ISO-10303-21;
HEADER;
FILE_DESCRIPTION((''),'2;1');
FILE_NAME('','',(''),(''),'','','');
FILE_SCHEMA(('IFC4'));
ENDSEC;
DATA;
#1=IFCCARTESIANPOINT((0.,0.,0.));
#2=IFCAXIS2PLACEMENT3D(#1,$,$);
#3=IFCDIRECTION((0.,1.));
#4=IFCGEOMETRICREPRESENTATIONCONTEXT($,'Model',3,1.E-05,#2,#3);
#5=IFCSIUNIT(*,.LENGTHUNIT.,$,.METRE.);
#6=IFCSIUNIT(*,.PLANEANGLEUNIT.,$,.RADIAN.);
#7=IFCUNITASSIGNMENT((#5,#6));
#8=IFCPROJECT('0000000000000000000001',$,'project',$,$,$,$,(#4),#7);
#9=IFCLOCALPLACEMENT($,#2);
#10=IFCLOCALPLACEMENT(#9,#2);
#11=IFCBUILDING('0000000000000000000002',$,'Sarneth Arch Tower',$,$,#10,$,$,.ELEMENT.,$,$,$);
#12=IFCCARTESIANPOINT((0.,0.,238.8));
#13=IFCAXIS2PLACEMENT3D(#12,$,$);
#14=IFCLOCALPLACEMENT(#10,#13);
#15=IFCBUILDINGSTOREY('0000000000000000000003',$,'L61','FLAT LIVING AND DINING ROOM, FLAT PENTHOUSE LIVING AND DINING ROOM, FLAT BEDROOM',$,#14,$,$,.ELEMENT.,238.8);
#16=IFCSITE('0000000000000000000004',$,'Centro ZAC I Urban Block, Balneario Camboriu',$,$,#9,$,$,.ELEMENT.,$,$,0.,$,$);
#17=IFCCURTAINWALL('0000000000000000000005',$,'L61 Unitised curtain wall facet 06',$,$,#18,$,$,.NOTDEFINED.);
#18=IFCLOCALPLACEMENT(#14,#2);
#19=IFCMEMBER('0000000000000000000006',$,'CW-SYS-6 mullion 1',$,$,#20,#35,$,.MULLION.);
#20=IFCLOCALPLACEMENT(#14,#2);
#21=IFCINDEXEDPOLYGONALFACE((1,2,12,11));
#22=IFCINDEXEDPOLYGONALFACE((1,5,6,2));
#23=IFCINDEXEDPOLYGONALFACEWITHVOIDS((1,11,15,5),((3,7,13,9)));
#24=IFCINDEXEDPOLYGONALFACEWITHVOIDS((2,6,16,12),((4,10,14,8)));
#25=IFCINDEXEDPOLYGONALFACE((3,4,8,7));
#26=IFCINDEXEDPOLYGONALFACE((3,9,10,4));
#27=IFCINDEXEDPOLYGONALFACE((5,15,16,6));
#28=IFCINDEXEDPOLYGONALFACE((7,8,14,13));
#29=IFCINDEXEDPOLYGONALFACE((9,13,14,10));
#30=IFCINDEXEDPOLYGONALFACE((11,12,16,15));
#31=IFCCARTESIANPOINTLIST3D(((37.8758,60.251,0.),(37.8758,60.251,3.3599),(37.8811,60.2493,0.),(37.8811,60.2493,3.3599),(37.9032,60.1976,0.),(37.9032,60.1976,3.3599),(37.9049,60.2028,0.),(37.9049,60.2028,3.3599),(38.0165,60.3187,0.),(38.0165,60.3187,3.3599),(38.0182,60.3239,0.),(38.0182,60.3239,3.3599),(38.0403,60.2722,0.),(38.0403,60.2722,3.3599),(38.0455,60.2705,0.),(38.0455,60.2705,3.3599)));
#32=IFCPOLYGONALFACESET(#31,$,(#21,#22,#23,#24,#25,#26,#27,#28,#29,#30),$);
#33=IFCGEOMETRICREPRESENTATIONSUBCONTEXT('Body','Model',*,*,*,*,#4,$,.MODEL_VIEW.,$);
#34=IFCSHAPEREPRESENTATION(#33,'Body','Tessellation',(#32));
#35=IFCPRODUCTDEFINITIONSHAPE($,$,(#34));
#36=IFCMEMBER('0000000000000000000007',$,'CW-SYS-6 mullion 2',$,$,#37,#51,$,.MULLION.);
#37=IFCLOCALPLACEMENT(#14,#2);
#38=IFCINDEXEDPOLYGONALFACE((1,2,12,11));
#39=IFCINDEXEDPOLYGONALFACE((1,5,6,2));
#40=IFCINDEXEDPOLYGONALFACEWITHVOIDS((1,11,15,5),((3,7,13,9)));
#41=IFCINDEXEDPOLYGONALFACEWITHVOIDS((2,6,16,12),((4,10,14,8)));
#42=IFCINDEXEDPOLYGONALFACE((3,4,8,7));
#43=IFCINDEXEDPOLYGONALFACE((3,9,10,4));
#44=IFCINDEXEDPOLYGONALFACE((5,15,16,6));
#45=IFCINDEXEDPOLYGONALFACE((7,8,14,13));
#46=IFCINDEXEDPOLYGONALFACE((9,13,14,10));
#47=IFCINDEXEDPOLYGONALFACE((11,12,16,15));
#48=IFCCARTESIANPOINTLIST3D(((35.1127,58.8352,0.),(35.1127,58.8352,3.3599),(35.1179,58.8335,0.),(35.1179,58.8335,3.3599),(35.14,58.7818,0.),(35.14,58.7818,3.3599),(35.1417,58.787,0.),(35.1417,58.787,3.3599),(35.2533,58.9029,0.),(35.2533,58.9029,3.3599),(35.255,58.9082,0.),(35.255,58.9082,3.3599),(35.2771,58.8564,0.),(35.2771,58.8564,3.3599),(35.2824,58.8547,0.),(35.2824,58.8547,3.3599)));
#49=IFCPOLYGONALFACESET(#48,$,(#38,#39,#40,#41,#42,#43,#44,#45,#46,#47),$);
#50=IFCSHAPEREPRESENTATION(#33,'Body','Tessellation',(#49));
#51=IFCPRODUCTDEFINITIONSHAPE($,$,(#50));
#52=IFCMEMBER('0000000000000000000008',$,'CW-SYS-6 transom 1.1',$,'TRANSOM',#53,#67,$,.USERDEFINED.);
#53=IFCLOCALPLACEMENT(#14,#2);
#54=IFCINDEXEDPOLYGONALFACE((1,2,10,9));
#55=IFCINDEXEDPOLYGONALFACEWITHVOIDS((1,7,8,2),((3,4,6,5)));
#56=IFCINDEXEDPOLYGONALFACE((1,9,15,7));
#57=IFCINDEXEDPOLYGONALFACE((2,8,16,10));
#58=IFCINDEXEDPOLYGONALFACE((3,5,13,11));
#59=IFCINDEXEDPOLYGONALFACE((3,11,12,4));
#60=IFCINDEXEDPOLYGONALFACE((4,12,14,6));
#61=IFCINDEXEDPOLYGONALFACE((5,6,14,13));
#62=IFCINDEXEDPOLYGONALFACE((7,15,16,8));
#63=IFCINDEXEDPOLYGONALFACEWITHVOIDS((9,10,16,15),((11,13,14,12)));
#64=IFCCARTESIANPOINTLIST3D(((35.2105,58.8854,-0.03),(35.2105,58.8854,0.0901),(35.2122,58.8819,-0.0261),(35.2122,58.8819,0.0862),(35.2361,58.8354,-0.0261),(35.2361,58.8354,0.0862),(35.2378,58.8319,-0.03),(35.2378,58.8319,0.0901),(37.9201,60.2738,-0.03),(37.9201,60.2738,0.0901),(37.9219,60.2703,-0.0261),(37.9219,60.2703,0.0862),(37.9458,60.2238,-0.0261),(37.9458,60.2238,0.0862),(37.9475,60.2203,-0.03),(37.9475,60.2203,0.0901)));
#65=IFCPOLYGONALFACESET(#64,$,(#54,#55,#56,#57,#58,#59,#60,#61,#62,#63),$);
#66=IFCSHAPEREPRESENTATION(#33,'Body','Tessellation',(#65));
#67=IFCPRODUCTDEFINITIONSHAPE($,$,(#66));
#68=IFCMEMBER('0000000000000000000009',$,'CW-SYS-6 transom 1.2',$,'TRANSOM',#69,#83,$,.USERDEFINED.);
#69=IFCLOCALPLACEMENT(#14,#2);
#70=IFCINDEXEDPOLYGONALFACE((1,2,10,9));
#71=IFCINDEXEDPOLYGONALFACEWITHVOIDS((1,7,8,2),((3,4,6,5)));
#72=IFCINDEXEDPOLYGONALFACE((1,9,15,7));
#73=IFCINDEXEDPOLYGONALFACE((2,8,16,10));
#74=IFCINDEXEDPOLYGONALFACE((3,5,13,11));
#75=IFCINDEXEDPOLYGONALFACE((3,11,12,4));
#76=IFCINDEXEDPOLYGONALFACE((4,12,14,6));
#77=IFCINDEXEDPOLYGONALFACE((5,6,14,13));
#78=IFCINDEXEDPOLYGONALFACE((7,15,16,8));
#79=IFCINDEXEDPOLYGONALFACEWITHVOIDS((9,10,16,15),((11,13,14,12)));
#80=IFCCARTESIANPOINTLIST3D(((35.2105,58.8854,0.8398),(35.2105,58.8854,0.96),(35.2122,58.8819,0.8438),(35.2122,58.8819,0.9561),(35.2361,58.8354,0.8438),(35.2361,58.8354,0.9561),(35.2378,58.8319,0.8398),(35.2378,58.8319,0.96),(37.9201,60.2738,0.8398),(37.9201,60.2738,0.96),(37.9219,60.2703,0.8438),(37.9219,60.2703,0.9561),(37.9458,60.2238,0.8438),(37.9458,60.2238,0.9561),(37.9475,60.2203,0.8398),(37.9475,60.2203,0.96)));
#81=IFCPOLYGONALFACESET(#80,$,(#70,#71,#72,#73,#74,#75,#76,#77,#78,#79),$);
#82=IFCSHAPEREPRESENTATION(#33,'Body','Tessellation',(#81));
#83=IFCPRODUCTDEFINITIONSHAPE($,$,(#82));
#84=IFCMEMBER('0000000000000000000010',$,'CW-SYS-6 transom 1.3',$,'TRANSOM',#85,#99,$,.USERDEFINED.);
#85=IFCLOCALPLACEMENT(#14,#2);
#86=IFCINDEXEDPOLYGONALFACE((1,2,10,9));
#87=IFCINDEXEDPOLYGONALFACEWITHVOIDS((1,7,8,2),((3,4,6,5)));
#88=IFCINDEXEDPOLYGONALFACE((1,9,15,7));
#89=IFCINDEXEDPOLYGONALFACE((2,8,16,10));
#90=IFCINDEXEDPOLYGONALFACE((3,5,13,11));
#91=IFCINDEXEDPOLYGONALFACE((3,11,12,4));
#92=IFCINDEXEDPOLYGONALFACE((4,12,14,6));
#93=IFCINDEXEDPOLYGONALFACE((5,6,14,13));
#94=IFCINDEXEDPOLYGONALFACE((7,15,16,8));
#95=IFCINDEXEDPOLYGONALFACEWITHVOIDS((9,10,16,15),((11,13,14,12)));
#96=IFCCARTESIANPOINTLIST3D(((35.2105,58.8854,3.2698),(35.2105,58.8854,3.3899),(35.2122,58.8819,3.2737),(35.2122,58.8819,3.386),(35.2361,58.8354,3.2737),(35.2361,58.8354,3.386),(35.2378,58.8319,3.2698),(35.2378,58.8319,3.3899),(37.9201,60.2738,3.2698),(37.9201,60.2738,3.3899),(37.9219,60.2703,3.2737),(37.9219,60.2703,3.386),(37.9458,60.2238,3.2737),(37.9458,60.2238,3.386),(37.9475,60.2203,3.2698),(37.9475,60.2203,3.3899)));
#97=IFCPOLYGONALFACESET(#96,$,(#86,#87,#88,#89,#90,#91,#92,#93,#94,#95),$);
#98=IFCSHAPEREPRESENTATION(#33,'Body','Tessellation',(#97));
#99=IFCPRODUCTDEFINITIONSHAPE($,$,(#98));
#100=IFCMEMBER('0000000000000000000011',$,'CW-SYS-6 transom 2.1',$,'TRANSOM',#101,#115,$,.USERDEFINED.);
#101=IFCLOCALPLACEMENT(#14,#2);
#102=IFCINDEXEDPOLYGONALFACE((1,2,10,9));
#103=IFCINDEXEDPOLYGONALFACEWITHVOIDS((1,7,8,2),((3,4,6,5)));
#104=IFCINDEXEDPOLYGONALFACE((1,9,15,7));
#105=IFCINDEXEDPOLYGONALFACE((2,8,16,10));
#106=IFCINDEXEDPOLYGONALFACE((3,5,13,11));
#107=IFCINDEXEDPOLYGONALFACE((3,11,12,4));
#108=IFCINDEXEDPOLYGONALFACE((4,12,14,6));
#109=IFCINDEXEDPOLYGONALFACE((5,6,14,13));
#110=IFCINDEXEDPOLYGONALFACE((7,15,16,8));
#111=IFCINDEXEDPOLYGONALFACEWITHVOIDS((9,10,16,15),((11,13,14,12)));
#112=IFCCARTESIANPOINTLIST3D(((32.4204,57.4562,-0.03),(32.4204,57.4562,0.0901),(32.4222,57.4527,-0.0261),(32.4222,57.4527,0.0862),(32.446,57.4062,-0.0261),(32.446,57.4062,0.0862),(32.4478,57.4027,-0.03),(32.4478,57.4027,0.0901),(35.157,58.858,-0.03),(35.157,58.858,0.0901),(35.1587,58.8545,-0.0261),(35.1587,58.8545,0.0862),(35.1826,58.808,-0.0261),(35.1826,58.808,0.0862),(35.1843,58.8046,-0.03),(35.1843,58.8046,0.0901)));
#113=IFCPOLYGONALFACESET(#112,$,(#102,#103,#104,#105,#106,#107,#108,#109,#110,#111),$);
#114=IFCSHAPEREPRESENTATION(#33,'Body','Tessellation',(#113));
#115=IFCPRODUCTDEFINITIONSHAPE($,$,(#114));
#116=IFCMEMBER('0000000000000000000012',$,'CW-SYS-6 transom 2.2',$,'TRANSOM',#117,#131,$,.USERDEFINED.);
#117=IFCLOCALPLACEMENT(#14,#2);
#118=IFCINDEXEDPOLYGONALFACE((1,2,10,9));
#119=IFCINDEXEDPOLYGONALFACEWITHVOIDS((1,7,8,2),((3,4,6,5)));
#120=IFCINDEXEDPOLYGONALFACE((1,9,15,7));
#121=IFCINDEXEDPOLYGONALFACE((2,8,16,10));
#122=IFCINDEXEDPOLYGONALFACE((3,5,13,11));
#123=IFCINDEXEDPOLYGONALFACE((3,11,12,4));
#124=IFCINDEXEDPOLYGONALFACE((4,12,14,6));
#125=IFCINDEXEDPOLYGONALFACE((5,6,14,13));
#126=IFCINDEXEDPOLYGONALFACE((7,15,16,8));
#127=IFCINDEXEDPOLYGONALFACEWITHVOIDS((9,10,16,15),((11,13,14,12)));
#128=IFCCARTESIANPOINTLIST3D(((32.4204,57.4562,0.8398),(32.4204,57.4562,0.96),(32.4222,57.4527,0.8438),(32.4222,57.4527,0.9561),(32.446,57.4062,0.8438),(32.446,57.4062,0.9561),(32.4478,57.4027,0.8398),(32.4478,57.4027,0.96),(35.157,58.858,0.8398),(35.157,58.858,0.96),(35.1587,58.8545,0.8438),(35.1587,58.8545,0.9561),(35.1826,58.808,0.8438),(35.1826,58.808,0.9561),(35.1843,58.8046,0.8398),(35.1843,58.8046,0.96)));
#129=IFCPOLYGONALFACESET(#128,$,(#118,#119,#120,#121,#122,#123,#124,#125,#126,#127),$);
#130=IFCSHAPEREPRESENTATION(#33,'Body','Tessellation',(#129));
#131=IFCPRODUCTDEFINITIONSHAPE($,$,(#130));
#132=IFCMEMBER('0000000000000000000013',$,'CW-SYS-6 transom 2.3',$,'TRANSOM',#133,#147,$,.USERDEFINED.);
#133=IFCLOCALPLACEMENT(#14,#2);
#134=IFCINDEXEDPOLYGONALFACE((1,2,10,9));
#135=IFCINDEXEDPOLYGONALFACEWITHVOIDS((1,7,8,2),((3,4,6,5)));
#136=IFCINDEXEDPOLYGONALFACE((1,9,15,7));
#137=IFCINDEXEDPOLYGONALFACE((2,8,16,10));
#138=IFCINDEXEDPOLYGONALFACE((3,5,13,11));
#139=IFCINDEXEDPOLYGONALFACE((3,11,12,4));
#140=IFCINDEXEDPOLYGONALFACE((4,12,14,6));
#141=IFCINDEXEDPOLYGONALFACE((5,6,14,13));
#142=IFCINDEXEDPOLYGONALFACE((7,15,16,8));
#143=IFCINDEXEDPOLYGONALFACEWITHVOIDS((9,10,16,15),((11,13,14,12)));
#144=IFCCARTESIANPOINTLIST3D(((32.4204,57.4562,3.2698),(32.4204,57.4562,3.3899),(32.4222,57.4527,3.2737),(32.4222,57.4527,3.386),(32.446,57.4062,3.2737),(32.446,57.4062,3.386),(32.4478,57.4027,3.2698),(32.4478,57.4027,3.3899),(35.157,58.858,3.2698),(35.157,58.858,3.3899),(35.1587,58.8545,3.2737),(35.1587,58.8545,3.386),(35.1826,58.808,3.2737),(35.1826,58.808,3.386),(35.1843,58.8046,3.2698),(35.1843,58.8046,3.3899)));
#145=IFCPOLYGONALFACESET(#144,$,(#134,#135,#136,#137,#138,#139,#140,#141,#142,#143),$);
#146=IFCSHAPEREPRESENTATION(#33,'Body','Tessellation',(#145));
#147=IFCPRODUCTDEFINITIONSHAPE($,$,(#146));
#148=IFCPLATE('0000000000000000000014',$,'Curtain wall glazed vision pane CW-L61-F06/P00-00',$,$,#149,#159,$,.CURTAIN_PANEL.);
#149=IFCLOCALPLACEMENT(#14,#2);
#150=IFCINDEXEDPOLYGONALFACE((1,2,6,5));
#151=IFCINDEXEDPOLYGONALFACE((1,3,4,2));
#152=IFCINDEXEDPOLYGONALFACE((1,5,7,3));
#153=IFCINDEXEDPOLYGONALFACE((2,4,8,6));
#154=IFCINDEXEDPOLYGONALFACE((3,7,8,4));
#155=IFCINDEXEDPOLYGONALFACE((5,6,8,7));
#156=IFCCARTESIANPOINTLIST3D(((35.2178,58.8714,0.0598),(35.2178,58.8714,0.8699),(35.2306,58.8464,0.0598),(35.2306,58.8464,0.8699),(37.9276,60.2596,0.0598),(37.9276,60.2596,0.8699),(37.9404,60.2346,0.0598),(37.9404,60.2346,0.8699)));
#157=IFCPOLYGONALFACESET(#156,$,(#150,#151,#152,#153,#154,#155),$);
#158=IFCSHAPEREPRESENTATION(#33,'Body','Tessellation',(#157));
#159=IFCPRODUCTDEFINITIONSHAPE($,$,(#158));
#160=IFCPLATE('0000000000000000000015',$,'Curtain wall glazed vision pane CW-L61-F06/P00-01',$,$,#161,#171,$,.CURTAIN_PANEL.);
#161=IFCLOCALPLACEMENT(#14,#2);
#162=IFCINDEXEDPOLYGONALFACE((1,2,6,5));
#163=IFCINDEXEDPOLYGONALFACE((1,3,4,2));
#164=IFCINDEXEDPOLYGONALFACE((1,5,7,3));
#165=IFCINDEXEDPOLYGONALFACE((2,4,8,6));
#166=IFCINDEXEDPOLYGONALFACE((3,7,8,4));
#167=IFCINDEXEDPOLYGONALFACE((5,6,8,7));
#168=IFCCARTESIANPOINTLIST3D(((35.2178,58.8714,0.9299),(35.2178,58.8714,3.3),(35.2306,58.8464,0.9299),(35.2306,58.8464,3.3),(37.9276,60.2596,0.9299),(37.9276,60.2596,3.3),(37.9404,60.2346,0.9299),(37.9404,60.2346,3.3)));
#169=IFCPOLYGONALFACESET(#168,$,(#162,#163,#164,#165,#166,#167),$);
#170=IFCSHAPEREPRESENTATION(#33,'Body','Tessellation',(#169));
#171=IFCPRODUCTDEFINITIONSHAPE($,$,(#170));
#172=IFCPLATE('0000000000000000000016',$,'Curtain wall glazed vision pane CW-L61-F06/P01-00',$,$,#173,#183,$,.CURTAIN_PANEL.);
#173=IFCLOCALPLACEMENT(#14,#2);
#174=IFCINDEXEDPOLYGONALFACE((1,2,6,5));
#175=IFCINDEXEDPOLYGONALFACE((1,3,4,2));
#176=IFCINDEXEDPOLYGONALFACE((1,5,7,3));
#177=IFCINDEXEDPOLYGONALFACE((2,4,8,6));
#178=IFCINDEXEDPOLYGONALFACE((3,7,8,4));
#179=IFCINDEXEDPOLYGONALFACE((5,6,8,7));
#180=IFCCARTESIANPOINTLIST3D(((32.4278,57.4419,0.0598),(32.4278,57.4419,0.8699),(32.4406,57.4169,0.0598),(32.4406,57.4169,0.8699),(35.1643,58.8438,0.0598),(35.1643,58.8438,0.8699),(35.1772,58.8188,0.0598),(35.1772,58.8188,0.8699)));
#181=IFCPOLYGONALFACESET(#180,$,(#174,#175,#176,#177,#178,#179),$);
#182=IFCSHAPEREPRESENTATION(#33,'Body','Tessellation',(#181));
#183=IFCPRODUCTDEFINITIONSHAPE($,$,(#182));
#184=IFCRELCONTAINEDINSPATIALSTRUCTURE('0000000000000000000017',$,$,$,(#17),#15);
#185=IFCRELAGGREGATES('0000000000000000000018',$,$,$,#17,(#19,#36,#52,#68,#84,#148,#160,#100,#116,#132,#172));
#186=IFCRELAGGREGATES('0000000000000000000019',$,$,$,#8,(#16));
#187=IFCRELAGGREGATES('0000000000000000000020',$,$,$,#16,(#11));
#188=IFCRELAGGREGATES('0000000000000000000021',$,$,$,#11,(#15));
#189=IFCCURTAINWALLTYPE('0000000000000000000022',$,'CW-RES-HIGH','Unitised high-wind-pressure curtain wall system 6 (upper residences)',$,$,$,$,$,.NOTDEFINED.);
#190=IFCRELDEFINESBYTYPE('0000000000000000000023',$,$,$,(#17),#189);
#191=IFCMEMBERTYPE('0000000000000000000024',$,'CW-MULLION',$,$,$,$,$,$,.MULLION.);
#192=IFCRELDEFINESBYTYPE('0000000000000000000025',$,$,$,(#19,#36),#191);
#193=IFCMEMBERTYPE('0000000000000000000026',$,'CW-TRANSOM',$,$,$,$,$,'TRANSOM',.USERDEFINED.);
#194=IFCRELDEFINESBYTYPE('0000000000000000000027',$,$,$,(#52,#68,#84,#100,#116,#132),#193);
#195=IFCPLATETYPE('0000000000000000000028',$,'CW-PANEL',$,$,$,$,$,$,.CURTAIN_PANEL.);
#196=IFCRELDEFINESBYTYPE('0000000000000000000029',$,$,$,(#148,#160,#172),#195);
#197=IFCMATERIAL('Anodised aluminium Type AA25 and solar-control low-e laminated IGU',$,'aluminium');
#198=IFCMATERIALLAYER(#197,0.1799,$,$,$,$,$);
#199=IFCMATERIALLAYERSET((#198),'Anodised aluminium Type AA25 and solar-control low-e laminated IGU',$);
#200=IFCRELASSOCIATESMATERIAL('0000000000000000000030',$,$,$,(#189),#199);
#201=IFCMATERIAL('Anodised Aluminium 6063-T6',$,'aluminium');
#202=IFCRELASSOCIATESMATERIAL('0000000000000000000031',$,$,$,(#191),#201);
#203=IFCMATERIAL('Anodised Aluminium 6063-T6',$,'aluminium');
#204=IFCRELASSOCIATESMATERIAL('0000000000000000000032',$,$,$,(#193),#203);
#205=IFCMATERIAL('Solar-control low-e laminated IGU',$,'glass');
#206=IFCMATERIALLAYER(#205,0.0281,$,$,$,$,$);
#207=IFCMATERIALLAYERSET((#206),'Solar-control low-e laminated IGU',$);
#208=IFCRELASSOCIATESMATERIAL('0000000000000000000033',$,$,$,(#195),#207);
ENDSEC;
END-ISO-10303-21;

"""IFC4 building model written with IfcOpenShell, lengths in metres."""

from ifc_helpers import new_model, si_unit, direction, frame, origin, origin_2d, place, context, subcontext, project, spatial, rectangle, hollow_rectangle, extrude, material, layer, layer_set, material_profile, profile_set, type_object, element, aggregate, save


model = new_model("IFC4")

# Units and contexts
model_context = context("Model", 3, precision=1e-05, world=origin(), true_north=direction((0.0, 1.0)))
body_context = subcontext(model_context, "Body", "Model", "MODEL_VIEW")
ifc_project = project(units=[si_unit("LENGTHUNIT", "METRE"), si_unit("PLANEANGLEUNIT", "RADIAN")], contexts=[model_context])

# Site, building, storey
site_placement = place(None, origin())
site = spatial("IfcSite", under=ifc_project, at=site_placement, Name="Centro ZAC I Urban Block, Balneario Camboriu", CompositionType="ELEMENT", RefElevation=0.0)
building_placement = place(site_placement, origin())
building = spatial("IfcBuilding", under=site, at=building_placement, Name="Sarneth Arch Tower", CompositionType="ELEMENT")
storey_placement = place(building_placement, frame((0.0, 0.0, 238.8)))
storey = spatial("IfcBuildingStorey", under=building, at=storey_placement, Name="L61", Description="FLAT LIVING AND DINING ROOM, FLAT PENTHOUSE LIVING AND DINING ROOM, FLAT BEDROOM", CompositionType="ELEMENT", Elevation=238.8)

# Curtain wall, members, plates
ifc_material_1 = material(Name="Anodised aluminium Type AA25 and solar-control low-e laminated IGU", Category="aluminium")
ifc_layer_1 = layer(ifc_material_1, 0.1799)
ifc_layer_set_1 = layer_set([ifc_layer_1], Name="Anodised aluminium Type AA25 and solar-control low-e laminated IGU")
curtain_wall_type = type_object("IfcCurtainWallType", Name="CW-RES-HIGH", Description="Unitised high-wind-pressure curtain wall system 6 (upper residences)", PredefinedType="NOTDEFINED", material=ifc_layer_set_1)
curtain_wall_placement = place(storey_placement, origin())
curtain_wall = element("IfcCurtainWall", 1, at=curtain_wall_placement, inside=storey, type_object=curtain_wall_type, Name="L61 Unitised curtain wall facet 06", PredefinedType="NOTDEFINED")
ifc_material_2 = material(Name="Anodised Aluminium 6063-T6", Category="aluminium")
ifc_material_profile_1 = material_profile(ifc_material_2, hollow_rectangle(XDim=0.0601, YDim=0.1599, WallThickness=0.0039, at=origin_2d()), Name="AL-MULL-160x60x4")
ifc_profile_set_1 = profile_set([ifc_material_profile_1], Name="Anodised Aluminium 6063-T6")
member_type_1 = type_object("IfcMemberType", Name="CW-MULLION", PredefinedType="MULLION", material=ifc_profile_set_1)
member_1_placement = place(storey_placement, frame((37.9607, 60.2607, 0.0), z_axis=(0.0, 0.0, 1.0), x_axis=(0.455942, -0.89001, 0.0)))
member_1 = element("IfcMember", 2, at=member_1_placement, type_object=member_type_1, Name="CW-SYS-6 mullion 1", PredefinedType="MULLION", context=body_context, shape_type="SweptSolid", body=[
    extrude(hollow_rectangle(XDim=0.0601, YDim=0.1599, WallThickness=0.0039, at=origin_2d()), origin(), (0.0, 0.0, 1.0), 3.3599),
])
member_2_placement = place(storey_placement, frame((35.1975, 58.845, 0.0), z_axis=(0.0, 0.0, 1.0), x_axis=(0.455942, -0.89001, 0.0)))
member_2 = element("IfcMember", 3, at=member_2_placement, type_object=member_type_1, Name="CW-SYS-6 mullion 2", PredefinedType="MULLION", context=body_context, shape_type="SweptSolid", body=[
    extrude(hollow_rectangle(XDim=0.0601, YDim=0.1599, WallThickness=0.0039, at=origin_2d()), origin(), (0.0, 0.0, 1.0), 3.3599),
])
ifc_material_3 = material(Name="Anodised Aluminium 6063-T6", Category="aluminium")
ifc_material_profile_2 = material_profile(ifc_material_3, hollow_rectangle(XDim=0.0601, YDim=0.1201, WallThickness=0.0039, at=origin_2d()), Name="AL-TRAN-120x60x4")
ifc_profile_set_2 = profile_set([ifc_material_profile_2], Name="Anodised Aluminium 6063-T6")
member_type_2 = type_object("IfcMemberType", Name="CW-TRANSOM", ElementType="TRANSOM", PredefinedType="USERDEFINED", material=ifc_profile_set_2)
member_3_placement = place(storey_placement, frame((37.9338, 60.2471, 0.03), z_axis=(-0.889974, -0.456012, 0.0), x_axis=(0.456012, -0.889974, 0.0)))
member_3 = element("IfcMember", 4, at=member_3_placement, type_object=member_type_2, Name="CW-SYS-6 transom 1.1", ObjectType="TRANSOM", PredefinedType="USERDEFINED", context=body_context, shape_type="SweptSolid", body=[
    extrude(hollow_rectangle(XDim=0.0601, YDim=0.1201, WallThickness=0.0039, at=origin_2d()), origin(), (0.0, 0.0, 1.0), 3.0447),
])
member_4_placement = place(storey_placement, frame((37.9338, 60.2471, 0.8999), z_axis=(-0.889974, -0.456012, 0.0), x_axis=(0.456012, -0.889974, 0.0)))
member_4 = element("IfcMember", 5, at=member_4_placement, type_object=member_type_2, Name="CW-SYS-6 transom 1.2", ObjectType="TRANSOM", PredefinedType="USERDEFINED", context=body_context, shape_type="SweptSolid", body=[
    extrude(hollow_rectangle(XDim=0.0601, YDim=0.1201, WallThickness=0.0039, at=origin_2d()), origin(), (0.0, 0.0, 1.0), 3.0447),
])
member_5_placement = place(storey_placement, frame((37.9338, 60.2471, 3.3298), z_axis=(-0.889974, -0.456012, 0.0), x_axis=(0.456012, -0.889974, 0.0)))
member_5 = element("IfcMember", 6, at=member_5_placement, type_object=member_type_2, Name="CW-SYS-6 transom 1.3", ObjectType="TRANSOM", PredefinedType="USERDEFINED", context=body_context, shape_type="SweptSolid", body=[
    extrude(hollow_rectangle(XDim=0.0601, YDim=0.1201, WallThickness=0.0039, at=origin_2d()), origin(), (0.0, 0.0, 1.0), 3.0447),
])
member_6_placement = place(storey_placement, frame((35.1707, 58.8313, 0.03), z_axis=(-0.890017, -0.455926, 0.0), x_axis=(0.455926, -0.890017, 0.0)))
member_6 = element("IfcMember", 7, at=member_6_placement, type_object=member_type_2, Name="CW-SYS-6 transom 2.1", ObjectType="TRANSOM", PredefinedType="USERDEFINED", context=body_context, shape_type="SweptSolid", body=[
    extrude(hollow_rectangle(XDim=0.0601, YDim=0.1201, WallThickness=0.0039, at=origin_2d()), origin(), (0.0, 0.0, 1.0), 3.0747),
])
member_7_placement = place(storey_placement, frame((35.1707, 58.8313, 0.8999), z_axis=(-0.890017, -0.455926, 0.0), x_axis=(0.455926, -0.890017, 0.0)))
member_7 = element("IfcMember", 8, at=member_7_placement, type_object=member_type_2, Name="CW-SYS-6 transom 2.2", ObjectType="TRANSOM", PredefinedType="USERDEFINED", context=body_context, shape_type="SweptSolid", body=[
    extrude(hollow_rectangle(XDim=0.0601, YDim=0.1201, WallThickness=0.0039, at=origin_2d()), origin(), (0.0, 0.0, 1.0), 3.0747),
])
member_8_placement = place(storey_placement, frame((35.1707, 58.8313, 3.3298), z_axis=(-0.890017, -0.455926, 0.0), x_axis=(0.455926, -0.890017, 0.0)))
member_8 = element("IfcMember", 9, at=member_8_placement, type_object=member_type_2, Name="CW-SYS-6 transom 2.3", ObjectType="TRANSOM", PredefinedType="USERDEFINED", context=body_context, shape_type="SweptSolid", body=[
    extrude(hollow_rectangle(XDim=0.0601, YDim=0.1201, WallThickness=0.0039, at=origin_2d()), origin(), (0.0, 0.0, 1.0), 3.0747),
])
ifc_material_4 = material(Name="Solar-control low-e laminated IGU", Category="glass")
ifc_layer_2 = layer(ifc_material_4, 0.0281)
ifc_layer_set_2 = layer_set([ifc_layer_2], Name="Solar-control low-e laminated IGU")
plate_type = type_object("IfcPlateType", Name="CW-PANEL", PredefinedType="CURTAIN_PANEL", material=ifc_layer_set_2)
plate_1_placement = place(storey_placement, frame((36.5791, 59.553, 0.0598), z_axis=(0.0, 0.0, 1.0), x_axis=(-0.89001, -0.455942, 0.0)))
plate_1 = element("IfcPlate", 10, at=plate_1_placement, type_object=plate_type, Name="Curtain wall glazed vision pane CW-L61-F06/P00-00", PredefinedType="CURTAIN_PANEL", context=body_context, shape_type="SweptSolid", body=[
    extrude(rectangle(XDim=3.0447, YDim=0.0281, at=origin_2d()), origin(), (0.0, 0.0, 1.0), 0.8101),
])
plate_2_placement = place(storey_placement, frame((36.5791, 59.553, 0.9299), z_axis=(0.0, 0.0, 1.0), x_axis=(-0.89001, -0.455942, 0.0)))
plate_2 = element("IfcPlate", 11, at=plate_2_placement, type_object=plate_type, Name="Curtain wall glazed vision pane CW-L61-F06/P00-01", PredefinedType="CURTAIN_PANEL", context=body_context, shape_type="SweptSolid", body=[
    extrude(rectangle(XDim=3.0447, YDim=0.0281, at=origin_2d()), origin(), (0.0, 0.0, 1.0), 2.3701),
])
plate_3_placement = place(storey_placement, frame((33.8025, 58.1304, 0.0598), z_axis=(0.0, 0.0, 1.0), x_axis=(-0.89001, -0.455942, 0.0)))
plate_3 = element("IfcPlate", 12, at=plate_3_placement, type_object=plate_type, Name="Curtain wall glazed vision pane CW-L61-F06/P01-00", PredefinedType="CURTAIN_PANEL", context=body_context, shape_type="SweptSolid", body=[
    extrude(rectangle(XDim=3.0747, YDim=0.0281, at=origin_2d()), origin(), (0.0, 0.0, 1.0), 0.8101),
])
aggregate(curtain_wall, [member_1, member_2, member_3, member_4, member_5, plate_1, plate_2, member_6, member_7, member_8, plate_3])

save(model, "model.ifc")
